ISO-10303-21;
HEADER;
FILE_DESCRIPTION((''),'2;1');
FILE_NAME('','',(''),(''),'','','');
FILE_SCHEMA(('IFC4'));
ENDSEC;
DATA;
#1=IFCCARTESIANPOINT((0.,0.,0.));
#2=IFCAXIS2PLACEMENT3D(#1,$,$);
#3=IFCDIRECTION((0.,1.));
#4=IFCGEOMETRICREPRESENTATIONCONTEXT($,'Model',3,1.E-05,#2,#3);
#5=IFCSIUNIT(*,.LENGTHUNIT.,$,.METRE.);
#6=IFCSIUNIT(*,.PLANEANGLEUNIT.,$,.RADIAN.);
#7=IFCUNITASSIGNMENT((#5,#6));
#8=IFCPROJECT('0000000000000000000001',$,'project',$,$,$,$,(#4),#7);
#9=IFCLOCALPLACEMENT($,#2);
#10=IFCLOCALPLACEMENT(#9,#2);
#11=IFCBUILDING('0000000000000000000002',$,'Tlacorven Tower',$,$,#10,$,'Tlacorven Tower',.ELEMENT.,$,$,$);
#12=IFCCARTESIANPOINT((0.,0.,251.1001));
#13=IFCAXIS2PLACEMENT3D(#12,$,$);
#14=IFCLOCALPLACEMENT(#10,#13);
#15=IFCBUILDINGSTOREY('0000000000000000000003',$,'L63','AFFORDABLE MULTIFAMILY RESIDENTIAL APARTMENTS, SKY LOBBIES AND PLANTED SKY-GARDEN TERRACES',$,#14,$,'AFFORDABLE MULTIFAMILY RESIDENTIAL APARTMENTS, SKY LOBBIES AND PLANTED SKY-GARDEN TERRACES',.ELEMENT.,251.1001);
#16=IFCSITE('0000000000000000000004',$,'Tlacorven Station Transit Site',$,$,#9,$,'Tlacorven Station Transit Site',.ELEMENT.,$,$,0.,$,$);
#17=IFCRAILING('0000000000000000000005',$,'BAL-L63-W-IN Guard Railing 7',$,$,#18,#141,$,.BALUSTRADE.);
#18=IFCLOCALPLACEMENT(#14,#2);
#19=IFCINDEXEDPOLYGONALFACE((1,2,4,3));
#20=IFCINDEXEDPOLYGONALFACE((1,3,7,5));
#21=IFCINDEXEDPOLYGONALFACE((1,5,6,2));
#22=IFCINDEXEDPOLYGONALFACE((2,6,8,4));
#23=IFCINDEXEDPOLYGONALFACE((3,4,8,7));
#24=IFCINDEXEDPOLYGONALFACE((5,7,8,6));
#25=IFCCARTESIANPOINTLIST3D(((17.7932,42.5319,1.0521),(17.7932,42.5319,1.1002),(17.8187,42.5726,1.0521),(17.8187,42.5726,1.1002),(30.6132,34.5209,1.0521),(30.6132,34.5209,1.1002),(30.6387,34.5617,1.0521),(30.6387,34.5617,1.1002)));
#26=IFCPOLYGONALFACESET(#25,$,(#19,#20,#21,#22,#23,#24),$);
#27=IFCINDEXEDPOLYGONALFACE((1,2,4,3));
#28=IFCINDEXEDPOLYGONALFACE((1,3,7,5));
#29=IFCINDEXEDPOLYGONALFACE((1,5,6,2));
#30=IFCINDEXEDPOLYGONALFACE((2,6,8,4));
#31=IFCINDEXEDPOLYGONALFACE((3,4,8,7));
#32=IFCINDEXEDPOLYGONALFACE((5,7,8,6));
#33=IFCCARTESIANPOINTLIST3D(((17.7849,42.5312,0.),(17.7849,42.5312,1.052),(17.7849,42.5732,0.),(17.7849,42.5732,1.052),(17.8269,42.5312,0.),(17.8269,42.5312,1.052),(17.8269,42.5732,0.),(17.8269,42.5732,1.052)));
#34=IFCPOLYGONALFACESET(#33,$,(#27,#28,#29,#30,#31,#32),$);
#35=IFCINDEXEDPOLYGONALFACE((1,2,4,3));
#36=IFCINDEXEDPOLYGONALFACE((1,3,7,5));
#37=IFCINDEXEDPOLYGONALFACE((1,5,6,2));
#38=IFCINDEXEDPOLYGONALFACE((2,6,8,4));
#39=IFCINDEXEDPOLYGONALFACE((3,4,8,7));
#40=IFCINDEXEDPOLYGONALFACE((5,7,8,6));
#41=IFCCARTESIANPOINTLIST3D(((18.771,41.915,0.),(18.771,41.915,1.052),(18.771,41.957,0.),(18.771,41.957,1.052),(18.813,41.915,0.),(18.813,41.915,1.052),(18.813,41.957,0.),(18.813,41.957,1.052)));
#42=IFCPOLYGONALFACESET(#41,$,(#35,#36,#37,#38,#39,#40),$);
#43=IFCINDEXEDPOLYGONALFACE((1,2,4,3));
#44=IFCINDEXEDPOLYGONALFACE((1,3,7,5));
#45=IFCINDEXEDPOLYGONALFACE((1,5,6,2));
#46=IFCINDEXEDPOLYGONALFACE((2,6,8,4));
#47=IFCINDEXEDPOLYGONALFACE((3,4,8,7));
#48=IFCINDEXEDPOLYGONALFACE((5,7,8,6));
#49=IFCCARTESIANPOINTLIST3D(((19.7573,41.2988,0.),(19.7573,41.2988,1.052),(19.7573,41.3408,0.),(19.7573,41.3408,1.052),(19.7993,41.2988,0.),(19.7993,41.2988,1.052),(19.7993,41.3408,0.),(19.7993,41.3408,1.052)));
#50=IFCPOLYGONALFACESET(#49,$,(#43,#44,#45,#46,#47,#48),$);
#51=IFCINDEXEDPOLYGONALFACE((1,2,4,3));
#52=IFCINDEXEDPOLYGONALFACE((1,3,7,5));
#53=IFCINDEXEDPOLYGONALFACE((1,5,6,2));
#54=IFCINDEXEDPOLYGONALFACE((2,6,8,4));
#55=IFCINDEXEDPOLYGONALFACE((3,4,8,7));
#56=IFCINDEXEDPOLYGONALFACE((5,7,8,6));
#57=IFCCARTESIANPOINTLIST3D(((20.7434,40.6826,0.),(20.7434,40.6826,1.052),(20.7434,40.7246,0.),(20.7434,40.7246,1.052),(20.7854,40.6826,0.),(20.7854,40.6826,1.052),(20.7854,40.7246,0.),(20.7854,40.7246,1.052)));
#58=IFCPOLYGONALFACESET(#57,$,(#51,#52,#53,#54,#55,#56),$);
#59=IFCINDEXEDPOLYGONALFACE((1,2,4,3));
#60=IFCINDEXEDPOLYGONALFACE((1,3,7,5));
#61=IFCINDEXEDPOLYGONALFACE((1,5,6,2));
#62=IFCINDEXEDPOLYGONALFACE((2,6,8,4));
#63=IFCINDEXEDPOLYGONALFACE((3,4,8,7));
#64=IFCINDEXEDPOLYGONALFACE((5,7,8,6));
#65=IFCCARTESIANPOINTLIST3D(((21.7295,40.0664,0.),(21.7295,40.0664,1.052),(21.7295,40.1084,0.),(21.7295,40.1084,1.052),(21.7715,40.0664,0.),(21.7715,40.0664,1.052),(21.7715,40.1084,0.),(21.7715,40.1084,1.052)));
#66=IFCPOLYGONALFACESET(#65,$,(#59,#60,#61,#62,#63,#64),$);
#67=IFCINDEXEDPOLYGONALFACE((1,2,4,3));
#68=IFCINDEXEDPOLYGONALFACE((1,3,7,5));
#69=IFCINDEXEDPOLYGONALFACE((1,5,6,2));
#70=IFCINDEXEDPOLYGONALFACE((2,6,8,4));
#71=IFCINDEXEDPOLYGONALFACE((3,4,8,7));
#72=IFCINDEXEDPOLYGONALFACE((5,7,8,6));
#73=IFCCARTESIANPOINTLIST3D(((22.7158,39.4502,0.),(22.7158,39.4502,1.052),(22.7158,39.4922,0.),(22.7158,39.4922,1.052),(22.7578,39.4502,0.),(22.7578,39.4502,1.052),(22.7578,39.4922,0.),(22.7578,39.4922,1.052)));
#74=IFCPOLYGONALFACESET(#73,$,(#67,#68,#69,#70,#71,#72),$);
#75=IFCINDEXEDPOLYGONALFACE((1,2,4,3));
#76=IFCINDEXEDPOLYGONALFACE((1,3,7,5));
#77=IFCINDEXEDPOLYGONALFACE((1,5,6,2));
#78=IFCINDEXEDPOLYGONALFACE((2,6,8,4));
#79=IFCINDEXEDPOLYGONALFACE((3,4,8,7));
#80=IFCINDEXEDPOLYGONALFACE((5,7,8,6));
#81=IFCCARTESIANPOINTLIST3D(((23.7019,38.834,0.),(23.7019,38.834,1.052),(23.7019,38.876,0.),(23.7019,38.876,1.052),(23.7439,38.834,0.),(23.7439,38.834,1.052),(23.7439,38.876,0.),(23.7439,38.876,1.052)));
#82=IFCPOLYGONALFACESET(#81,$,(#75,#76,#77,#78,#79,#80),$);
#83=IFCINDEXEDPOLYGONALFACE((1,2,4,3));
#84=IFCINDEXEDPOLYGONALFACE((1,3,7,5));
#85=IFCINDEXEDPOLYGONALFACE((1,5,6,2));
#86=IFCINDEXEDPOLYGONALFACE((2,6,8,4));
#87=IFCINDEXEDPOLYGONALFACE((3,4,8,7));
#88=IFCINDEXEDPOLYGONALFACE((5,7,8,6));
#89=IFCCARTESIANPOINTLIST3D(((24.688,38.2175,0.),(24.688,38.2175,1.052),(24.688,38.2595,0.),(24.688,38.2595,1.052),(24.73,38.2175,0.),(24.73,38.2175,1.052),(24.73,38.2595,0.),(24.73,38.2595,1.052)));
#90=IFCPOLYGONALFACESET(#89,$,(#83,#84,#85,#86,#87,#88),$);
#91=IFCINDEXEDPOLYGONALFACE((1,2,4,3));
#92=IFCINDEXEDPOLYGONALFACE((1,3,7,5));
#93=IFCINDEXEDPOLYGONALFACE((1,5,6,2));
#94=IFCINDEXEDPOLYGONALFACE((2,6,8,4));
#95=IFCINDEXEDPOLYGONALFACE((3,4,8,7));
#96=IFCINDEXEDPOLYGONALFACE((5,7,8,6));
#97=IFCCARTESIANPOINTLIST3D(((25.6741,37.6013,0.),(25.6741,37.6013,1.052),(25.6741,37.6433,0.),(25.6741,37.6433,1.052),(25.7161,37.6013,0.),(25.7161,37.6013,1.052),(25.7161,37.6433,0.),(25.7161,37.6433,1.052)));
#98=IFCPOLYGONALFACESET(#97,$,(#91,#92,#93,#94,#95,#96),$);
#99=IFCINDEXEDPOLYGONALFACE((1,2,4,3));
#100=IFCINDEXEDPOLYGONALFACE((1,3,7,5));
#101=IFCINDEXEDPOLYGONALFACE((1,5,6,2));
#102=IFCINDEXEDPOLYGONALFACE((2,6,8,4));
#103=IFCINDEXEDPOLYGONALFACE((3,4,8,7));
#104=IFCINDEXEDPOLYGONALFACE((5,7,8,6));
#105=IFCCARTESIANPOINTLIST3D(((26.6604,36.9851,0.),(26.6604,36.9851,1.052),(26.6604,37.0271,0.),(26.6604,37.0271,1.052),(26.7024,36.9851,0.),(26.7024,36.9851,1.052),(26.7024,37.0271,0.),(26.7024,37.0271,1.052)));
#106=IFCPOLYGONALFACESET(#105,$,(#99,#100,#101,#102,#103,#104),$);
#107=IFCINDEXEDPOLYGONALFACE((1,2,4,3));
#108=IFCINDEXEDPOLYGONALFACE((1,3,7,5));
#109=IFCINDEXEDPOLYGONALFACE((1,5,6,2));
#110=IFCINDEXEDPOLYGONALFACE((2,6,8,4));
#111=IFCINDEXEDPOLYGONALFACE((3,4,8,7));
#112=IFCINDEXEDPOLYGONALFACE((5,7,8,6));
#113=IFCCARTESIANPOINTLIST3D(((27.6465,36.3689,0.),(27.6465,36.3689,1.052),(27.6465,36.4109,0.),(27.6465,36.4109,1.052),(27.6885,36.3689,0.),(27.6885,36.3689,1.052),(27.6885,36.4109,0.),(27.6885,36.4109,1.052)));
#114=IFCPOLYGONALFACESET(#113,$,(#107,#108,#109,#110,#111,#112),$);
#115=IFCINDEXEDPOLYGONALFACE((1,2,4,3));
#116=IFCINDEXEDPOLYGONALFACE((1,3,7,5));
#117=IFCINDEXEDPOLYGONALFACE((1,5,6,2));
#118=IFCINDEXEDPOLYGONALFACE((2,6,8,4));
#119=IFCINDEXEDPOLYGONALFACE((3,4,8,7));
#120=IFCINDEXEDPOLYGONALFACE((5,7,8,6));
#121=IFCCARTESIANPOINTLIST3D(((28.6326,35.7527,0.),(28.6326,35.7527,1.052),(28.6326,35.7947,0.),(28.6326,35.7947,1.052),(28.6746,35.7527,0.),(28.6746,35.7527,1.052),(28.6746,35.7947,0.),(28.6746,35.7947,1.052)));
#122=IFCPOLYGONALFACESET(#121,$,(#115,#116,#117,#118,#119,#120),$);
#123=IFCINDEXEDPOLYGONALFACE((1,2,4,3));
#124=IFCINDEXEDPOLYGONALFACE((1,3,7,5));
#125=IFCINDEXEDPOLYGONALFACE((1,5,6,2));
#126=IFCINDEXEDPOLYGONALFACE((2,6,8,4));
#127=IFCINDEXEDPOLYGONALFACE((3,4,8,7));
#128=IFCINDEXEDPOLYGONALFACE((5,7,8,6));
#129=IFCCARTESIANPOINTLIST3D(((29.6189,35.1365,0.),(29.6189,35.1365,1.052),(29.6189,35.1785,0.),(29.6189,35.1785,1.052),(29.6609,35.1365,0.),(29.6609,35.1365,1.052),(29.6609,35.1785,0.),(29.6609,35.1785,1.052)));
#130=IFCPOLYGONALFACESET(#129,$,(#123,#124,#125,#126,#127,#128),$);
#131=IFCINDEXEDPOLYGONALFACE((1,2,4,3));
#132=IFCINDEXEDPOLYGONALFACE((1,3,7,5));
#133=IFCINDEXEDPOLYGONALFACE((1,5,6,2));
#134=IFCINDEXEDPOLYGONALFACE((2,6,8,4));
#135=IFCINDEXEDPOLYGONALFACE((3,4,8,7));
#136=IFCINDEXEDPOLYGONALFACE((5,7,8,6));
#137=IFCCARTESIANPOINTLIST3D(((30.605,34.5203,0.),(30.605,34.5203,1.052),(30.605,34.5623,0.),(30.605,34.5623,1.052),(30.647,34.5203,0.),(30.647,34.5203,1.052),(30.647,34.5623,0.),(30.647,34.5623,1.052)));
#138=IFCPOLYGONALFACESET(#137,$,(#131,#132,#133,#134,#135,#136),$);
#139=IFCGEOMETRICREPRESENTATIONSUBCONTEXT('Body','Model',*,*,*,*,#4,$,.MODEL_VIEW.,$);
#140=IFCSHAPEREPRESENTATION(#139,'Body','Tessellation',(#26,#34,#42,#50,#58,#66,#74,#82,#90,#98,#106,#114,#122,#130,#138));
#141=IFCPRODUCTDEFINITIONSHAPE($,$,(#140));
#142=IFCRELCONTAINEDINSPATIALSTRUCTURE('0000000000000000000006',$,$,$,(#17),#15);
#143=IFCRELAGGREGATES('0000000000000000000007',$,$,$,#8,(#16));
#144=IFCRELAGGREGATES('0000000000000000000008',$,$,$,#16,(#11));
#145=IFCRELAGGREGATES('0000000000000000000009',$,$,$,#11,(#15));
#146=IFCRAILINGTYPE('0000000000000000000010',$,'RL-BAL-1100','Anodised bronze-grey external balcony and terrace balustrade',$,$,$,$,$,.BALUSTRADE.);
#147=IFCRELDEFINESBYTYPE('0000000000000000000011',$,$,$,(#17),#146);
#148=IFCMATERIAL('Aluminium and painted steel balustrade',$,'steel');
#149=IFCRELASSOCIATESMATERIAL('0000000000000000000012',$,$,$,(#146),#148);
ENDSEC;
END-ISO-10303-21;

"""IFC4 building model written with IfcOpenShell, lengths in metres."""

from ifc_helpers import new_model, si_unit, direction, frame, origin, origin_2d, place, context, subcontext, project, spatial, rectangle, extrude, source, transform, mapped, material, type_object, element, save


model = new_model("IFC4")

# Units and contexts
model_context = context("Model", 3, precision=1e-05, world=origin(), true_north=direction((0.0, 1.0)))
body_context = subcontext(model_context, "Body", "Model", "MODEL_VIEW")
ifc_project = project(units=[si_unit("LENGTHUNIT", "METRE"), si_unit("PLANEANGLEUNIT", "RADIAN")], contexts=[model_context])

# Site, building, storey
site_placement = place(None, origin())
site = spatial("IfcSite", under=ifc_project, at=site_placement, Name="Tlacorven Station Transit Site", LongName="Tlacorven Station Transit Site", CompositionType="ELEMENT", RefElevation=0.0)
building_placement = place(site_placement, origin())
building = spatial("IfcBuilding", under=site, at=building_placement, Name="Tlacorven Tower", LongName="Tlacorven Tower", CompositionType="ELEMENT")
storey_placement = place(building_placement, frame((0.0, 0.0, 251.1001)))
storey = spatial("IfcBuildingStorey", under=building, at=storey_placement, Name="L63", Description="AFFORDABLE MULTIFAMILY RESIDENTIAL APARTMENTS, SKY LOBBIES AND PLANTED SKY-GARDEN TERRACES", LongName="AFFORDABLE MULTIFAMILY RESIDENTIAL APARTMENTS, SKY LOBBIES AND PLANTED SKY-GARDEN TERRACES", CompositionType="ELEMENT", Elevation=251.1001)

# Railing
ifc_material_1 = material(Name="Aluminium and painted steel balustrade", Category="steel")
railing_type = type_object("IfcRailingType", Name="RL-BAL-1100", Description="Anodised bronze-grey external balcony and terrace balustrade", PredefinedType="BALUSTRADE", material=ifc_material_1)
shared_shape_1 = source(origin(), body_context, "Body", "SweptSolid", [
    extrude(rectangle(XDim=0.0481, YDim=0.0481, at=origin_2d()), frame((0.0, 0.0, 1.0762), z_axis=(0.848045, -0.529925, 0.0), x_axis=(0.529925, 0.848045, 0.0)), (0.0, 0.0, 1.0), 15.1172),
    extrude(rectangle(XDim=0.042, YDim=0.042, at=origin_2d()), origin(), (0.0, 0.0, 1.0), 1.052),
    extrude(rectangle(XDim=0.042, YDim=0.042, at=origin_2d()), frame((0.9861, -0.6162, 0.0)), (0.0, 0.0, 1.0), 1.052),
    extrude(rectangle(XDim=0.042, YDim=0.042, at=origin_2d()), frame((1.9724, -1.2324, 0.0)), (0.0, 0.0, 1.0), 1.052),
    extrude(rectangle(XDim=0.042, YDim=0.042, at=origin_2d()), frame((2.9585, -1.8486, 0.0)), (0.0, 0.0, 1.0), 1.052),
    extrude(rectangle(XDim=0.042, YDim=0.042, at=origin_2d()), frame((3.9446, -2.4648, 0.0)), (0.0, 0.0, 1.0), 1.052),
    extrude(rectangle(XDim=0.042, YDim=0.042, at=origin_2d()), frame((4.9309, -3.0811, 0.0)), (0.0, 0.0, 1.0), 1.052),
    extrude(rectangle(XDim=0.042, YDim=0.042, at=origin_2d()), frame((5.917, -3.6973, 0.0)), (0.0, 0.0, 1.0), 1.052),
    extrude(rectangle(XDim=0.042, YDim=0.042, at=origin_2d()), frame((6.9031, -4.3137, 0.0)), (0.0, 0.0, 1.0), 1.052),
    extrude(rectangle(XDim=0.042, YDim=0.042, at=origin_2d()), frame((7.8892, -4.9299, 0.0)), (0.0, 0.0, 1.0), 1.052),
    extrude(rectangle(XDim=0.042, YDim=0.042, at=origin_2d()), frame((8.8755, -5.5461, 0.0)), (0.0, 0.0, 1.0), 1.052),
    extrude(rectangle(XDim=0.042, YDim=0.042, at=origin_2d()), frame((9.8616, -6.1624, 0.0)), (0.0, 0.0, 1.0), 1.052),
    extrude(rectangle(XDim=0.042, YDim=0.042, at=origin_2d()), frame((10.8477, -6.7786, 0.0)), (0.0, 0.0, 1.0), 1.052),
    extrude(rectangle(XDim=0.042, YDim=0.042, at=origin_2d()), frame((11.834, -7.3948, 0.0)), (0.0, 0.0, 1.0), 1.052),
    extrude(rectangle(XDim=0.042, YDim=0.042, at=origin_2d()), frame((12.8201, -8.011, 0.0)), (0.0, 0.0, 1.0), 1.052),
])
railing_1_placement = place(storey_placement, frame((17.8059, 42.5522, 0.0)))
element("IfcRailing", 1, at=railing_1_placement, inside=storey, type_object=railing_type, Name="BAL-L63-W-IN Guard Railing 7", PredefinedType="BALUSTRADE", context=body_context, shape_type="MappedRepresentation", body=[
    mapped(shared_shape_1, transform((0.0, 0.0, 0.0), scale=1.0)),
])

save(model, "model.ifc")
